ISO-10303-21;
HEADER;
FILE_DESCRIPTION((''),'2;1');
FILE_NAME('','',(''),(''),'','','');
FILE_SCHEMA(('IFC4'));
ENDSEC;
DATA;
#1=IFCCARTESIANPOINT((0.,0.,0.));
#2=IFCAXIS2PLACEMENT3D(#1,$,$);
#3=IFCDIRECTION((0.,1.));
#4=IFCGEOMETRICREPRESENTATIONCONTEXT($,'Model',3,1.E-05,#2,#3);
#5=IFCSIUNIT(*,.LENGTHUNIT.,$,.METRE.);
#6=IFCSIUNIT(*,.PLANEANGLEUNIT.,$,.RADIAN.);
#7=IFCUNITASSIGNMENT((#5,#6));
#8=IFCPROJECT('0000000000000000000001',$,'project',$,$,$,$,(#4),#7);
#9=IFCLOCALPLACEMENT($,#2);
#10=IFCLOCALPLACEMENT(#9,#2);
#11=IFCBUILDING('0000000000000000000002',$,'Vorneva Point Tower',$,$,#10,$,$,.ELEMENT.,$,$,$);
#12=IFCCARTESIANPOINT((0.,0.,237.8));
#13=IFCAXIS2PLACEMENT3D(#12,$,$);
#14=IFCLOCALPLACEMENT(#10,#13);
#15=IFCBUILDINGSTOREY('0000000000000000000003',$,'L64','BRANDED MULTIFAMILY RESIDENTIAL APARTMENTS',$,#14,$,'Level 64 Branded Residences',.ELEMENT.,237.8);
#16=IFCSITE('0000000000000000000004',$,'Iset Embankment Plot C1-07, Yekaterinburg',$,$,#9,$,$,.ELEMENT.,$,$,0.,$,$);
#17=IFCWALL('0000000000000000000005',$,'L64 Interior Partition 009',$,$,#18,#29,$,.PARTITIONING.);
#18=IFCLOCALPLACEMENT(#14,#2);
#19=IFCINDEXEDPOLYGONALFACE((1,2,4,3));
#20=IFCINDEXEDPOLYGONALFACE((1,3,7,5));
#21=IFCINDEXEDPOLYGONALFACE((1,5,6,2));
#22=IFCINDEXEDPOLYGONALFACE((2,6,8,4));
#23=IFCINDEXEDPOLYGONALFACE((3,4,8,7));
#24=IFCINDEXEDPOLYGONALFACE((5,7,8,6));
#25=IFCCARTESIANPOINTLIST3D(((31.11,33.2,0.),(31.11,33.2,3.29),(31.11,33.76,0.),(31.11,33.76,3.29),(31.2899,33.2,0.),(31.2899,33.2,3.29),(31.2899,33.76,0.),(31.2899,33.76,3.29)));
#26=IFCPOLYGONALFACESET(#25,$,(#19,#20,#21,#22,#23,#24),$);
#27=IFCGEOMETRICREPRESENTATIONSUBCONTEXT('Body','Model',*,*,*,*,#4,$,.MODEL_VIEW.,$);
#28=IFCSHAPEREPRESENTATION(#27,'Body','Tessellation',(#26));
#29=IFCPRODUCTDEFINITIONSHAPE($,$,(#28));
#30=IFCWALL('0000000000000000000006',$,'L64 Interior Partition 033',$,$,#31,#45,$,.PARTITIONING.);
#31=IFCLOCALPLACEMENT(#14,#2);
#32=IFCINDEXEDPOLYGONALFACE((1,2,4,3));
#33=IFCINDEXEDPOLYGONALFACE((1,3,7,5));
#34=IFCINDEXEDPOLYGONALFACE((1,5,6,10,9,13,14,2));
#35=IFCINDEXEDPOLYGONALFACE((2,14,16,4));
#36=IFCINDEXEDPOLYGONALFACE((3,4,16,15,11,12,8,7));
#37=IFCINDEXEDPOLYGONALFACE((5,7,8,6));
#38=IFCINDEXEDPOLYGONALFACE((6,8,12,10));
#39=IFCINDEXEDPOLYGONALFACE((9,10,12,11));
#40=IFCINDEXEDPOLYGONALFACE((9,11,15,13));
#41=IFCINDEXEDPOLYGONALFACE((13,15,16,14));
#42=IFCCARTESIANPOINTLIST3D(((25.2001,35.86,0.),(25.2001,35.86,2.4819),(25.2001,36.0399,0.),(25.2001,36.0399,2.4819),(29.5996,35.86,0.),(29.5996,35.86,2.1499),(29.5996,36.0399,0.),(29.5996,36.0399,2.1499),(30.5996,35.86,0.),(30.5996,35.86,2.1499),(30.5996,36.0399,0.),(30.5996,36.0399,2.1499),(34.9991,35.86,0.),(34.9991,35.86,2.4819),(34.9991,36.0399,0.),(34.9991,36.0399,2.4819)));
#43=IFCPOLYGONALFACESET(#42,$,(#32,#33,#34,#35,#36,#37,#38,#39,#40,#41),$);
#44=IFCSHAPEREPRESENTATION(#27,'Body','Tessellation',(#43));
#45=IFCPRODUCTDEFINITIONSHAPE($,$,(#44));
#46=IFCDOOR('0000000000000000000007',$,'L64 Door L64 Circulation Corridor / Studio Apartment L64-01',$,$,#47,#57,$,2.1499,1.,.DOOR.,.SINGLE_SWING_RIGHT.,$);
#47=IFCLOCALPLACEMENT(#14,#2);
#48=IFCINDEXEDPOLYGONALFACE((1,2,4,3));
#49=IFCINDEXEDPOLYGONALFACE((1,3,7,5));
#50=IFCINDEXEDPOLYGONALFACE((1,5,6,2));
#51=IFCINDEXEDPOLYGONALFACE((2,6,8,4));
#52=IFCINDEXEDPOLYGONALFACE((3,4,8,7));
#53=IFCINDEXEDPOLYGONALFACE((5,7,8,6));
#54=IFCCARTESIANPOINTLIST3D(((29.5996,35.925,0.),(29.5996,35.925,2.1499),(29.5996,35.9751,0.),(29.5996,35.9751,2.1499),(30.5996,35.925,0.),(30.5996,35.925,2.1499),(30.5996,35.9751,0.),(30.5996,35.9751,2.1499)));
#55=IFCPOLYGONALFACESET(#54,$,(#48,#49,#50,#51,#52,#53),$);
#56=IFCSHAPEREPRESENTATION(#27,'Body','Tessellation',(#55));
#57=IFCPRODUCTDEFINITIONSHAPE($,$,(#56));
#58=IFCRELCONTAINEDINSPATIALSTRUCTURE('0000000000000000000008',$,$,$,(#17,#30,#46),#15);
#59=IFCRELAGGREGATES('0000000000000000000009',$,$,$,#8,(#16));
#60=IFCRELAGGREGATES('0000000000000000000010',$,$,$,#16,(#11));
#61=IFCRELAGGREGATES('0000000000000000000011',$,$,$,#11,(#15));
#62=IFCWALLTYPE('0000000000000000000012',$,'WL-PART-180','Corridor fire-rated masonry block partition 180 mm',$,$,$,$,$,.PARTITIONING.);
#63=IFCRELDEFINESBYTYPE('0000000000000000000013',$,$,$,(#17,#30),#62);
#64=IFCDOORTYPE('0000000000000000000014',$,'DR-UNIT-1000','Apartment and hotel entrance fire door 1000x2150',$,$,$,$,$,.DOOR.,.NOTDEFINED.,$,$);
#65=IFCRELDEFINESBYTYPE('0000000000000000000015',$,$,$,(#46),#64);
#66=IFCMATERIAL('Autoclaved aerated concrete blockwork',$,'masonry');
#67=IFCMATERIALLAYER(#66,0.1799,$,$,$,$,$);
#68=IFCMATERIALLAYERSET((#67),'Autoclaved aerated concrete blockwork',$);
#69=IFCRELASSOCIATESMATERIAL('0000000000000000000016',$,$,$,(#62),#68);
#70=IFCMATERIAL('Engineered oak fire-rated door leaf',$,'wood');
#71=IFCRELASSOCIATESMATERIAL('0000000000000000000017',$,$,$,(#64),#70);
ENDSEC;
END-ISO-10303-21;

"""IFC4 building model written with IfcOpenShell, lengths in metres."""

from ifc_helpers import new_model, si_unit, direction, frame, frame_2d, origin, place, context, subcontext, project, spatial, rectangle, extrude, material, layer, layer_set, type_object, element, fill, save


model = new_model("IFC4")

# Units and contexts
model_context = context("Model", 3, precision=1e-05, world=origin(), true_north=direction((0.0, 1.0)))
body_context = subcontext(model_context, "Body", "Model", "MODEL_VIEW")
ifc_project = project(units=[si_unit("LENGTHUNIT", "METRE"), si_unit("PLANEANGLEUNIT", "RADIAN")], contexts=[model_context])

# Site, building, storey
site_placement = place(None, origin())
site = spatial("IfcSite", under=ifc_project, at=site_placement, Name="Iset Embankment Plot C1-07, Yekaterinburg", CompositionType="ELEMENT", RefElevation=0.0)
building_placement = place(site_placement, origin())
building = spatial("IfcBuilding", under=site, at=building_placement, Name="Vorneva Point Tower", CompositionType="ELEMENT")
storey_placement = place(building_placement, frame((0.0, 0.0, 237.8)))
storey = spatial("IfcBuildingStorey", under=building, at=storey_placement, Name="L64", Description="BRANDED MULTIFAMILY RESIDENTIAL APARTMENTS", LongName="Level 64 Branded Residences", CompositionType="ELEMENT", Elevation=237.8)

# Shared definitions
ifc_material_1 = material(Name="Engineered oak fire-rated door leaf", Category="wood")

# Shared definitions
ifc_material_2 = material(Name="Autoclaved aerated concrete blockwork", Category="masonry")
ifc_layer_1 = layer(ifc_material_2, 0.1799)
ifc_layer_set_1 = layer_set([ifc_layer_1], Name="Autoclaved aerated concrete blockwork")
wall_type_1 = type_object("IfcWallType", Name="WL-PART-180", Description="Corridor fire-rated masonry block partition 180 mm", PredefinedType="PARTITIONING", material=ifc_layer_set_1)

# Wall
wall_1_placement = place(storey_placement, frame((31.2, 33.76, 0.0), z_axis=(0.0, 0.0, 1.0), x_axis=(0.0, -1.0, 0.0)))
element("IfcWall", 1, at=wall_1_placement, inside=storey, type_object=wall_type_1, Name="L64 Interior Partition 009", PredefinedType="PARTITIONING", context=body_context, shape_type="SweptSolid", body=[
    extrude(rectangle(XDim=0.5601, YDim=0.1799, at=frame_2d((0.28, 0.0))), origin(), (0.0, 0.0, 1.0), 3.29),
])

# Wall, opening, door
wall_2_placement = place(storey_placement, frame((34.999, 35.95, 0.0), z_axis=(0.0, 0.0, 1.0), x_axis=(-1.0, 0.0, 0.0)))
wall_2 = element("IfcWall", 2, at=wall_2_placement, inside=storey, type_object=wall_type_1, Name="L64 Interior Partition 033", PredefinedType="PARTITIONING", context=body_context, shape_type="SweptSolid", body=[
    extrude(rectangle(XDim=9.7991, YDim=0.1799, at=frame_2d((4.8994, 0.0))), origin(), (0.0, 0.0, 1.0), 2.4819),
])
opening_1_placement = place(wall_2_placement, frame((4.3994, 0.0, 0.0)))
opening_1 = element("IfcOpeningElement", 3, at=opening_1_placement, cuts=wall_2, PredefinedType="OPENING", context=body_context, shape_type="SweptSolid", body=[
    extrude(rectangle(XDim=1.0, YDim=2.1499, at=frame_2d((0.5, 1.075))), frame((0.0, 0.105, 0.0), z_axis=(0.0, -1.0, 0.0), x_axis=(1.0, 0.0, 0.0)), (0.0, 0.0, 1.0), 0.2097),
])
door_type_1 = type_object("IfcDoorType", Name="DR-UNIT-1000", Description="Apartment and hotel entrance fire door 1000x2150", OperationType="NOTDEFINED", PredefinedType="DOOR", material=ifc_material_1)
door_1_placement = place(opening_1_placement, origin())
door_1 = element("IfcDoor", 4, at=door_1_placement, inside=storey, type_object=door_type_1, Name="L64 Door L64 Circulation Corridor / Studio Apartment L64-01", OperationType="SINGLE_SWING_RIGHT", OverallHeight=2.1499, OverallWidth=1.0, PredefinedType="DOOR", context=body_context, shape_type="SweptSolid", body=[
    extrude(rectangle(XDim=1.0, YDim=2.1499, at=frame_2d((0.5, 1.075))), frame((0.0, 0.0249, 0.0), z_axis=(0.0, -1.0, 0.0), x_axis=(1.0, 0.0, 0.0)), (0.0, 0.0, 1.0), 0.05),
])
fill(opening_1, door_1)

save(model, "model.ifc")
